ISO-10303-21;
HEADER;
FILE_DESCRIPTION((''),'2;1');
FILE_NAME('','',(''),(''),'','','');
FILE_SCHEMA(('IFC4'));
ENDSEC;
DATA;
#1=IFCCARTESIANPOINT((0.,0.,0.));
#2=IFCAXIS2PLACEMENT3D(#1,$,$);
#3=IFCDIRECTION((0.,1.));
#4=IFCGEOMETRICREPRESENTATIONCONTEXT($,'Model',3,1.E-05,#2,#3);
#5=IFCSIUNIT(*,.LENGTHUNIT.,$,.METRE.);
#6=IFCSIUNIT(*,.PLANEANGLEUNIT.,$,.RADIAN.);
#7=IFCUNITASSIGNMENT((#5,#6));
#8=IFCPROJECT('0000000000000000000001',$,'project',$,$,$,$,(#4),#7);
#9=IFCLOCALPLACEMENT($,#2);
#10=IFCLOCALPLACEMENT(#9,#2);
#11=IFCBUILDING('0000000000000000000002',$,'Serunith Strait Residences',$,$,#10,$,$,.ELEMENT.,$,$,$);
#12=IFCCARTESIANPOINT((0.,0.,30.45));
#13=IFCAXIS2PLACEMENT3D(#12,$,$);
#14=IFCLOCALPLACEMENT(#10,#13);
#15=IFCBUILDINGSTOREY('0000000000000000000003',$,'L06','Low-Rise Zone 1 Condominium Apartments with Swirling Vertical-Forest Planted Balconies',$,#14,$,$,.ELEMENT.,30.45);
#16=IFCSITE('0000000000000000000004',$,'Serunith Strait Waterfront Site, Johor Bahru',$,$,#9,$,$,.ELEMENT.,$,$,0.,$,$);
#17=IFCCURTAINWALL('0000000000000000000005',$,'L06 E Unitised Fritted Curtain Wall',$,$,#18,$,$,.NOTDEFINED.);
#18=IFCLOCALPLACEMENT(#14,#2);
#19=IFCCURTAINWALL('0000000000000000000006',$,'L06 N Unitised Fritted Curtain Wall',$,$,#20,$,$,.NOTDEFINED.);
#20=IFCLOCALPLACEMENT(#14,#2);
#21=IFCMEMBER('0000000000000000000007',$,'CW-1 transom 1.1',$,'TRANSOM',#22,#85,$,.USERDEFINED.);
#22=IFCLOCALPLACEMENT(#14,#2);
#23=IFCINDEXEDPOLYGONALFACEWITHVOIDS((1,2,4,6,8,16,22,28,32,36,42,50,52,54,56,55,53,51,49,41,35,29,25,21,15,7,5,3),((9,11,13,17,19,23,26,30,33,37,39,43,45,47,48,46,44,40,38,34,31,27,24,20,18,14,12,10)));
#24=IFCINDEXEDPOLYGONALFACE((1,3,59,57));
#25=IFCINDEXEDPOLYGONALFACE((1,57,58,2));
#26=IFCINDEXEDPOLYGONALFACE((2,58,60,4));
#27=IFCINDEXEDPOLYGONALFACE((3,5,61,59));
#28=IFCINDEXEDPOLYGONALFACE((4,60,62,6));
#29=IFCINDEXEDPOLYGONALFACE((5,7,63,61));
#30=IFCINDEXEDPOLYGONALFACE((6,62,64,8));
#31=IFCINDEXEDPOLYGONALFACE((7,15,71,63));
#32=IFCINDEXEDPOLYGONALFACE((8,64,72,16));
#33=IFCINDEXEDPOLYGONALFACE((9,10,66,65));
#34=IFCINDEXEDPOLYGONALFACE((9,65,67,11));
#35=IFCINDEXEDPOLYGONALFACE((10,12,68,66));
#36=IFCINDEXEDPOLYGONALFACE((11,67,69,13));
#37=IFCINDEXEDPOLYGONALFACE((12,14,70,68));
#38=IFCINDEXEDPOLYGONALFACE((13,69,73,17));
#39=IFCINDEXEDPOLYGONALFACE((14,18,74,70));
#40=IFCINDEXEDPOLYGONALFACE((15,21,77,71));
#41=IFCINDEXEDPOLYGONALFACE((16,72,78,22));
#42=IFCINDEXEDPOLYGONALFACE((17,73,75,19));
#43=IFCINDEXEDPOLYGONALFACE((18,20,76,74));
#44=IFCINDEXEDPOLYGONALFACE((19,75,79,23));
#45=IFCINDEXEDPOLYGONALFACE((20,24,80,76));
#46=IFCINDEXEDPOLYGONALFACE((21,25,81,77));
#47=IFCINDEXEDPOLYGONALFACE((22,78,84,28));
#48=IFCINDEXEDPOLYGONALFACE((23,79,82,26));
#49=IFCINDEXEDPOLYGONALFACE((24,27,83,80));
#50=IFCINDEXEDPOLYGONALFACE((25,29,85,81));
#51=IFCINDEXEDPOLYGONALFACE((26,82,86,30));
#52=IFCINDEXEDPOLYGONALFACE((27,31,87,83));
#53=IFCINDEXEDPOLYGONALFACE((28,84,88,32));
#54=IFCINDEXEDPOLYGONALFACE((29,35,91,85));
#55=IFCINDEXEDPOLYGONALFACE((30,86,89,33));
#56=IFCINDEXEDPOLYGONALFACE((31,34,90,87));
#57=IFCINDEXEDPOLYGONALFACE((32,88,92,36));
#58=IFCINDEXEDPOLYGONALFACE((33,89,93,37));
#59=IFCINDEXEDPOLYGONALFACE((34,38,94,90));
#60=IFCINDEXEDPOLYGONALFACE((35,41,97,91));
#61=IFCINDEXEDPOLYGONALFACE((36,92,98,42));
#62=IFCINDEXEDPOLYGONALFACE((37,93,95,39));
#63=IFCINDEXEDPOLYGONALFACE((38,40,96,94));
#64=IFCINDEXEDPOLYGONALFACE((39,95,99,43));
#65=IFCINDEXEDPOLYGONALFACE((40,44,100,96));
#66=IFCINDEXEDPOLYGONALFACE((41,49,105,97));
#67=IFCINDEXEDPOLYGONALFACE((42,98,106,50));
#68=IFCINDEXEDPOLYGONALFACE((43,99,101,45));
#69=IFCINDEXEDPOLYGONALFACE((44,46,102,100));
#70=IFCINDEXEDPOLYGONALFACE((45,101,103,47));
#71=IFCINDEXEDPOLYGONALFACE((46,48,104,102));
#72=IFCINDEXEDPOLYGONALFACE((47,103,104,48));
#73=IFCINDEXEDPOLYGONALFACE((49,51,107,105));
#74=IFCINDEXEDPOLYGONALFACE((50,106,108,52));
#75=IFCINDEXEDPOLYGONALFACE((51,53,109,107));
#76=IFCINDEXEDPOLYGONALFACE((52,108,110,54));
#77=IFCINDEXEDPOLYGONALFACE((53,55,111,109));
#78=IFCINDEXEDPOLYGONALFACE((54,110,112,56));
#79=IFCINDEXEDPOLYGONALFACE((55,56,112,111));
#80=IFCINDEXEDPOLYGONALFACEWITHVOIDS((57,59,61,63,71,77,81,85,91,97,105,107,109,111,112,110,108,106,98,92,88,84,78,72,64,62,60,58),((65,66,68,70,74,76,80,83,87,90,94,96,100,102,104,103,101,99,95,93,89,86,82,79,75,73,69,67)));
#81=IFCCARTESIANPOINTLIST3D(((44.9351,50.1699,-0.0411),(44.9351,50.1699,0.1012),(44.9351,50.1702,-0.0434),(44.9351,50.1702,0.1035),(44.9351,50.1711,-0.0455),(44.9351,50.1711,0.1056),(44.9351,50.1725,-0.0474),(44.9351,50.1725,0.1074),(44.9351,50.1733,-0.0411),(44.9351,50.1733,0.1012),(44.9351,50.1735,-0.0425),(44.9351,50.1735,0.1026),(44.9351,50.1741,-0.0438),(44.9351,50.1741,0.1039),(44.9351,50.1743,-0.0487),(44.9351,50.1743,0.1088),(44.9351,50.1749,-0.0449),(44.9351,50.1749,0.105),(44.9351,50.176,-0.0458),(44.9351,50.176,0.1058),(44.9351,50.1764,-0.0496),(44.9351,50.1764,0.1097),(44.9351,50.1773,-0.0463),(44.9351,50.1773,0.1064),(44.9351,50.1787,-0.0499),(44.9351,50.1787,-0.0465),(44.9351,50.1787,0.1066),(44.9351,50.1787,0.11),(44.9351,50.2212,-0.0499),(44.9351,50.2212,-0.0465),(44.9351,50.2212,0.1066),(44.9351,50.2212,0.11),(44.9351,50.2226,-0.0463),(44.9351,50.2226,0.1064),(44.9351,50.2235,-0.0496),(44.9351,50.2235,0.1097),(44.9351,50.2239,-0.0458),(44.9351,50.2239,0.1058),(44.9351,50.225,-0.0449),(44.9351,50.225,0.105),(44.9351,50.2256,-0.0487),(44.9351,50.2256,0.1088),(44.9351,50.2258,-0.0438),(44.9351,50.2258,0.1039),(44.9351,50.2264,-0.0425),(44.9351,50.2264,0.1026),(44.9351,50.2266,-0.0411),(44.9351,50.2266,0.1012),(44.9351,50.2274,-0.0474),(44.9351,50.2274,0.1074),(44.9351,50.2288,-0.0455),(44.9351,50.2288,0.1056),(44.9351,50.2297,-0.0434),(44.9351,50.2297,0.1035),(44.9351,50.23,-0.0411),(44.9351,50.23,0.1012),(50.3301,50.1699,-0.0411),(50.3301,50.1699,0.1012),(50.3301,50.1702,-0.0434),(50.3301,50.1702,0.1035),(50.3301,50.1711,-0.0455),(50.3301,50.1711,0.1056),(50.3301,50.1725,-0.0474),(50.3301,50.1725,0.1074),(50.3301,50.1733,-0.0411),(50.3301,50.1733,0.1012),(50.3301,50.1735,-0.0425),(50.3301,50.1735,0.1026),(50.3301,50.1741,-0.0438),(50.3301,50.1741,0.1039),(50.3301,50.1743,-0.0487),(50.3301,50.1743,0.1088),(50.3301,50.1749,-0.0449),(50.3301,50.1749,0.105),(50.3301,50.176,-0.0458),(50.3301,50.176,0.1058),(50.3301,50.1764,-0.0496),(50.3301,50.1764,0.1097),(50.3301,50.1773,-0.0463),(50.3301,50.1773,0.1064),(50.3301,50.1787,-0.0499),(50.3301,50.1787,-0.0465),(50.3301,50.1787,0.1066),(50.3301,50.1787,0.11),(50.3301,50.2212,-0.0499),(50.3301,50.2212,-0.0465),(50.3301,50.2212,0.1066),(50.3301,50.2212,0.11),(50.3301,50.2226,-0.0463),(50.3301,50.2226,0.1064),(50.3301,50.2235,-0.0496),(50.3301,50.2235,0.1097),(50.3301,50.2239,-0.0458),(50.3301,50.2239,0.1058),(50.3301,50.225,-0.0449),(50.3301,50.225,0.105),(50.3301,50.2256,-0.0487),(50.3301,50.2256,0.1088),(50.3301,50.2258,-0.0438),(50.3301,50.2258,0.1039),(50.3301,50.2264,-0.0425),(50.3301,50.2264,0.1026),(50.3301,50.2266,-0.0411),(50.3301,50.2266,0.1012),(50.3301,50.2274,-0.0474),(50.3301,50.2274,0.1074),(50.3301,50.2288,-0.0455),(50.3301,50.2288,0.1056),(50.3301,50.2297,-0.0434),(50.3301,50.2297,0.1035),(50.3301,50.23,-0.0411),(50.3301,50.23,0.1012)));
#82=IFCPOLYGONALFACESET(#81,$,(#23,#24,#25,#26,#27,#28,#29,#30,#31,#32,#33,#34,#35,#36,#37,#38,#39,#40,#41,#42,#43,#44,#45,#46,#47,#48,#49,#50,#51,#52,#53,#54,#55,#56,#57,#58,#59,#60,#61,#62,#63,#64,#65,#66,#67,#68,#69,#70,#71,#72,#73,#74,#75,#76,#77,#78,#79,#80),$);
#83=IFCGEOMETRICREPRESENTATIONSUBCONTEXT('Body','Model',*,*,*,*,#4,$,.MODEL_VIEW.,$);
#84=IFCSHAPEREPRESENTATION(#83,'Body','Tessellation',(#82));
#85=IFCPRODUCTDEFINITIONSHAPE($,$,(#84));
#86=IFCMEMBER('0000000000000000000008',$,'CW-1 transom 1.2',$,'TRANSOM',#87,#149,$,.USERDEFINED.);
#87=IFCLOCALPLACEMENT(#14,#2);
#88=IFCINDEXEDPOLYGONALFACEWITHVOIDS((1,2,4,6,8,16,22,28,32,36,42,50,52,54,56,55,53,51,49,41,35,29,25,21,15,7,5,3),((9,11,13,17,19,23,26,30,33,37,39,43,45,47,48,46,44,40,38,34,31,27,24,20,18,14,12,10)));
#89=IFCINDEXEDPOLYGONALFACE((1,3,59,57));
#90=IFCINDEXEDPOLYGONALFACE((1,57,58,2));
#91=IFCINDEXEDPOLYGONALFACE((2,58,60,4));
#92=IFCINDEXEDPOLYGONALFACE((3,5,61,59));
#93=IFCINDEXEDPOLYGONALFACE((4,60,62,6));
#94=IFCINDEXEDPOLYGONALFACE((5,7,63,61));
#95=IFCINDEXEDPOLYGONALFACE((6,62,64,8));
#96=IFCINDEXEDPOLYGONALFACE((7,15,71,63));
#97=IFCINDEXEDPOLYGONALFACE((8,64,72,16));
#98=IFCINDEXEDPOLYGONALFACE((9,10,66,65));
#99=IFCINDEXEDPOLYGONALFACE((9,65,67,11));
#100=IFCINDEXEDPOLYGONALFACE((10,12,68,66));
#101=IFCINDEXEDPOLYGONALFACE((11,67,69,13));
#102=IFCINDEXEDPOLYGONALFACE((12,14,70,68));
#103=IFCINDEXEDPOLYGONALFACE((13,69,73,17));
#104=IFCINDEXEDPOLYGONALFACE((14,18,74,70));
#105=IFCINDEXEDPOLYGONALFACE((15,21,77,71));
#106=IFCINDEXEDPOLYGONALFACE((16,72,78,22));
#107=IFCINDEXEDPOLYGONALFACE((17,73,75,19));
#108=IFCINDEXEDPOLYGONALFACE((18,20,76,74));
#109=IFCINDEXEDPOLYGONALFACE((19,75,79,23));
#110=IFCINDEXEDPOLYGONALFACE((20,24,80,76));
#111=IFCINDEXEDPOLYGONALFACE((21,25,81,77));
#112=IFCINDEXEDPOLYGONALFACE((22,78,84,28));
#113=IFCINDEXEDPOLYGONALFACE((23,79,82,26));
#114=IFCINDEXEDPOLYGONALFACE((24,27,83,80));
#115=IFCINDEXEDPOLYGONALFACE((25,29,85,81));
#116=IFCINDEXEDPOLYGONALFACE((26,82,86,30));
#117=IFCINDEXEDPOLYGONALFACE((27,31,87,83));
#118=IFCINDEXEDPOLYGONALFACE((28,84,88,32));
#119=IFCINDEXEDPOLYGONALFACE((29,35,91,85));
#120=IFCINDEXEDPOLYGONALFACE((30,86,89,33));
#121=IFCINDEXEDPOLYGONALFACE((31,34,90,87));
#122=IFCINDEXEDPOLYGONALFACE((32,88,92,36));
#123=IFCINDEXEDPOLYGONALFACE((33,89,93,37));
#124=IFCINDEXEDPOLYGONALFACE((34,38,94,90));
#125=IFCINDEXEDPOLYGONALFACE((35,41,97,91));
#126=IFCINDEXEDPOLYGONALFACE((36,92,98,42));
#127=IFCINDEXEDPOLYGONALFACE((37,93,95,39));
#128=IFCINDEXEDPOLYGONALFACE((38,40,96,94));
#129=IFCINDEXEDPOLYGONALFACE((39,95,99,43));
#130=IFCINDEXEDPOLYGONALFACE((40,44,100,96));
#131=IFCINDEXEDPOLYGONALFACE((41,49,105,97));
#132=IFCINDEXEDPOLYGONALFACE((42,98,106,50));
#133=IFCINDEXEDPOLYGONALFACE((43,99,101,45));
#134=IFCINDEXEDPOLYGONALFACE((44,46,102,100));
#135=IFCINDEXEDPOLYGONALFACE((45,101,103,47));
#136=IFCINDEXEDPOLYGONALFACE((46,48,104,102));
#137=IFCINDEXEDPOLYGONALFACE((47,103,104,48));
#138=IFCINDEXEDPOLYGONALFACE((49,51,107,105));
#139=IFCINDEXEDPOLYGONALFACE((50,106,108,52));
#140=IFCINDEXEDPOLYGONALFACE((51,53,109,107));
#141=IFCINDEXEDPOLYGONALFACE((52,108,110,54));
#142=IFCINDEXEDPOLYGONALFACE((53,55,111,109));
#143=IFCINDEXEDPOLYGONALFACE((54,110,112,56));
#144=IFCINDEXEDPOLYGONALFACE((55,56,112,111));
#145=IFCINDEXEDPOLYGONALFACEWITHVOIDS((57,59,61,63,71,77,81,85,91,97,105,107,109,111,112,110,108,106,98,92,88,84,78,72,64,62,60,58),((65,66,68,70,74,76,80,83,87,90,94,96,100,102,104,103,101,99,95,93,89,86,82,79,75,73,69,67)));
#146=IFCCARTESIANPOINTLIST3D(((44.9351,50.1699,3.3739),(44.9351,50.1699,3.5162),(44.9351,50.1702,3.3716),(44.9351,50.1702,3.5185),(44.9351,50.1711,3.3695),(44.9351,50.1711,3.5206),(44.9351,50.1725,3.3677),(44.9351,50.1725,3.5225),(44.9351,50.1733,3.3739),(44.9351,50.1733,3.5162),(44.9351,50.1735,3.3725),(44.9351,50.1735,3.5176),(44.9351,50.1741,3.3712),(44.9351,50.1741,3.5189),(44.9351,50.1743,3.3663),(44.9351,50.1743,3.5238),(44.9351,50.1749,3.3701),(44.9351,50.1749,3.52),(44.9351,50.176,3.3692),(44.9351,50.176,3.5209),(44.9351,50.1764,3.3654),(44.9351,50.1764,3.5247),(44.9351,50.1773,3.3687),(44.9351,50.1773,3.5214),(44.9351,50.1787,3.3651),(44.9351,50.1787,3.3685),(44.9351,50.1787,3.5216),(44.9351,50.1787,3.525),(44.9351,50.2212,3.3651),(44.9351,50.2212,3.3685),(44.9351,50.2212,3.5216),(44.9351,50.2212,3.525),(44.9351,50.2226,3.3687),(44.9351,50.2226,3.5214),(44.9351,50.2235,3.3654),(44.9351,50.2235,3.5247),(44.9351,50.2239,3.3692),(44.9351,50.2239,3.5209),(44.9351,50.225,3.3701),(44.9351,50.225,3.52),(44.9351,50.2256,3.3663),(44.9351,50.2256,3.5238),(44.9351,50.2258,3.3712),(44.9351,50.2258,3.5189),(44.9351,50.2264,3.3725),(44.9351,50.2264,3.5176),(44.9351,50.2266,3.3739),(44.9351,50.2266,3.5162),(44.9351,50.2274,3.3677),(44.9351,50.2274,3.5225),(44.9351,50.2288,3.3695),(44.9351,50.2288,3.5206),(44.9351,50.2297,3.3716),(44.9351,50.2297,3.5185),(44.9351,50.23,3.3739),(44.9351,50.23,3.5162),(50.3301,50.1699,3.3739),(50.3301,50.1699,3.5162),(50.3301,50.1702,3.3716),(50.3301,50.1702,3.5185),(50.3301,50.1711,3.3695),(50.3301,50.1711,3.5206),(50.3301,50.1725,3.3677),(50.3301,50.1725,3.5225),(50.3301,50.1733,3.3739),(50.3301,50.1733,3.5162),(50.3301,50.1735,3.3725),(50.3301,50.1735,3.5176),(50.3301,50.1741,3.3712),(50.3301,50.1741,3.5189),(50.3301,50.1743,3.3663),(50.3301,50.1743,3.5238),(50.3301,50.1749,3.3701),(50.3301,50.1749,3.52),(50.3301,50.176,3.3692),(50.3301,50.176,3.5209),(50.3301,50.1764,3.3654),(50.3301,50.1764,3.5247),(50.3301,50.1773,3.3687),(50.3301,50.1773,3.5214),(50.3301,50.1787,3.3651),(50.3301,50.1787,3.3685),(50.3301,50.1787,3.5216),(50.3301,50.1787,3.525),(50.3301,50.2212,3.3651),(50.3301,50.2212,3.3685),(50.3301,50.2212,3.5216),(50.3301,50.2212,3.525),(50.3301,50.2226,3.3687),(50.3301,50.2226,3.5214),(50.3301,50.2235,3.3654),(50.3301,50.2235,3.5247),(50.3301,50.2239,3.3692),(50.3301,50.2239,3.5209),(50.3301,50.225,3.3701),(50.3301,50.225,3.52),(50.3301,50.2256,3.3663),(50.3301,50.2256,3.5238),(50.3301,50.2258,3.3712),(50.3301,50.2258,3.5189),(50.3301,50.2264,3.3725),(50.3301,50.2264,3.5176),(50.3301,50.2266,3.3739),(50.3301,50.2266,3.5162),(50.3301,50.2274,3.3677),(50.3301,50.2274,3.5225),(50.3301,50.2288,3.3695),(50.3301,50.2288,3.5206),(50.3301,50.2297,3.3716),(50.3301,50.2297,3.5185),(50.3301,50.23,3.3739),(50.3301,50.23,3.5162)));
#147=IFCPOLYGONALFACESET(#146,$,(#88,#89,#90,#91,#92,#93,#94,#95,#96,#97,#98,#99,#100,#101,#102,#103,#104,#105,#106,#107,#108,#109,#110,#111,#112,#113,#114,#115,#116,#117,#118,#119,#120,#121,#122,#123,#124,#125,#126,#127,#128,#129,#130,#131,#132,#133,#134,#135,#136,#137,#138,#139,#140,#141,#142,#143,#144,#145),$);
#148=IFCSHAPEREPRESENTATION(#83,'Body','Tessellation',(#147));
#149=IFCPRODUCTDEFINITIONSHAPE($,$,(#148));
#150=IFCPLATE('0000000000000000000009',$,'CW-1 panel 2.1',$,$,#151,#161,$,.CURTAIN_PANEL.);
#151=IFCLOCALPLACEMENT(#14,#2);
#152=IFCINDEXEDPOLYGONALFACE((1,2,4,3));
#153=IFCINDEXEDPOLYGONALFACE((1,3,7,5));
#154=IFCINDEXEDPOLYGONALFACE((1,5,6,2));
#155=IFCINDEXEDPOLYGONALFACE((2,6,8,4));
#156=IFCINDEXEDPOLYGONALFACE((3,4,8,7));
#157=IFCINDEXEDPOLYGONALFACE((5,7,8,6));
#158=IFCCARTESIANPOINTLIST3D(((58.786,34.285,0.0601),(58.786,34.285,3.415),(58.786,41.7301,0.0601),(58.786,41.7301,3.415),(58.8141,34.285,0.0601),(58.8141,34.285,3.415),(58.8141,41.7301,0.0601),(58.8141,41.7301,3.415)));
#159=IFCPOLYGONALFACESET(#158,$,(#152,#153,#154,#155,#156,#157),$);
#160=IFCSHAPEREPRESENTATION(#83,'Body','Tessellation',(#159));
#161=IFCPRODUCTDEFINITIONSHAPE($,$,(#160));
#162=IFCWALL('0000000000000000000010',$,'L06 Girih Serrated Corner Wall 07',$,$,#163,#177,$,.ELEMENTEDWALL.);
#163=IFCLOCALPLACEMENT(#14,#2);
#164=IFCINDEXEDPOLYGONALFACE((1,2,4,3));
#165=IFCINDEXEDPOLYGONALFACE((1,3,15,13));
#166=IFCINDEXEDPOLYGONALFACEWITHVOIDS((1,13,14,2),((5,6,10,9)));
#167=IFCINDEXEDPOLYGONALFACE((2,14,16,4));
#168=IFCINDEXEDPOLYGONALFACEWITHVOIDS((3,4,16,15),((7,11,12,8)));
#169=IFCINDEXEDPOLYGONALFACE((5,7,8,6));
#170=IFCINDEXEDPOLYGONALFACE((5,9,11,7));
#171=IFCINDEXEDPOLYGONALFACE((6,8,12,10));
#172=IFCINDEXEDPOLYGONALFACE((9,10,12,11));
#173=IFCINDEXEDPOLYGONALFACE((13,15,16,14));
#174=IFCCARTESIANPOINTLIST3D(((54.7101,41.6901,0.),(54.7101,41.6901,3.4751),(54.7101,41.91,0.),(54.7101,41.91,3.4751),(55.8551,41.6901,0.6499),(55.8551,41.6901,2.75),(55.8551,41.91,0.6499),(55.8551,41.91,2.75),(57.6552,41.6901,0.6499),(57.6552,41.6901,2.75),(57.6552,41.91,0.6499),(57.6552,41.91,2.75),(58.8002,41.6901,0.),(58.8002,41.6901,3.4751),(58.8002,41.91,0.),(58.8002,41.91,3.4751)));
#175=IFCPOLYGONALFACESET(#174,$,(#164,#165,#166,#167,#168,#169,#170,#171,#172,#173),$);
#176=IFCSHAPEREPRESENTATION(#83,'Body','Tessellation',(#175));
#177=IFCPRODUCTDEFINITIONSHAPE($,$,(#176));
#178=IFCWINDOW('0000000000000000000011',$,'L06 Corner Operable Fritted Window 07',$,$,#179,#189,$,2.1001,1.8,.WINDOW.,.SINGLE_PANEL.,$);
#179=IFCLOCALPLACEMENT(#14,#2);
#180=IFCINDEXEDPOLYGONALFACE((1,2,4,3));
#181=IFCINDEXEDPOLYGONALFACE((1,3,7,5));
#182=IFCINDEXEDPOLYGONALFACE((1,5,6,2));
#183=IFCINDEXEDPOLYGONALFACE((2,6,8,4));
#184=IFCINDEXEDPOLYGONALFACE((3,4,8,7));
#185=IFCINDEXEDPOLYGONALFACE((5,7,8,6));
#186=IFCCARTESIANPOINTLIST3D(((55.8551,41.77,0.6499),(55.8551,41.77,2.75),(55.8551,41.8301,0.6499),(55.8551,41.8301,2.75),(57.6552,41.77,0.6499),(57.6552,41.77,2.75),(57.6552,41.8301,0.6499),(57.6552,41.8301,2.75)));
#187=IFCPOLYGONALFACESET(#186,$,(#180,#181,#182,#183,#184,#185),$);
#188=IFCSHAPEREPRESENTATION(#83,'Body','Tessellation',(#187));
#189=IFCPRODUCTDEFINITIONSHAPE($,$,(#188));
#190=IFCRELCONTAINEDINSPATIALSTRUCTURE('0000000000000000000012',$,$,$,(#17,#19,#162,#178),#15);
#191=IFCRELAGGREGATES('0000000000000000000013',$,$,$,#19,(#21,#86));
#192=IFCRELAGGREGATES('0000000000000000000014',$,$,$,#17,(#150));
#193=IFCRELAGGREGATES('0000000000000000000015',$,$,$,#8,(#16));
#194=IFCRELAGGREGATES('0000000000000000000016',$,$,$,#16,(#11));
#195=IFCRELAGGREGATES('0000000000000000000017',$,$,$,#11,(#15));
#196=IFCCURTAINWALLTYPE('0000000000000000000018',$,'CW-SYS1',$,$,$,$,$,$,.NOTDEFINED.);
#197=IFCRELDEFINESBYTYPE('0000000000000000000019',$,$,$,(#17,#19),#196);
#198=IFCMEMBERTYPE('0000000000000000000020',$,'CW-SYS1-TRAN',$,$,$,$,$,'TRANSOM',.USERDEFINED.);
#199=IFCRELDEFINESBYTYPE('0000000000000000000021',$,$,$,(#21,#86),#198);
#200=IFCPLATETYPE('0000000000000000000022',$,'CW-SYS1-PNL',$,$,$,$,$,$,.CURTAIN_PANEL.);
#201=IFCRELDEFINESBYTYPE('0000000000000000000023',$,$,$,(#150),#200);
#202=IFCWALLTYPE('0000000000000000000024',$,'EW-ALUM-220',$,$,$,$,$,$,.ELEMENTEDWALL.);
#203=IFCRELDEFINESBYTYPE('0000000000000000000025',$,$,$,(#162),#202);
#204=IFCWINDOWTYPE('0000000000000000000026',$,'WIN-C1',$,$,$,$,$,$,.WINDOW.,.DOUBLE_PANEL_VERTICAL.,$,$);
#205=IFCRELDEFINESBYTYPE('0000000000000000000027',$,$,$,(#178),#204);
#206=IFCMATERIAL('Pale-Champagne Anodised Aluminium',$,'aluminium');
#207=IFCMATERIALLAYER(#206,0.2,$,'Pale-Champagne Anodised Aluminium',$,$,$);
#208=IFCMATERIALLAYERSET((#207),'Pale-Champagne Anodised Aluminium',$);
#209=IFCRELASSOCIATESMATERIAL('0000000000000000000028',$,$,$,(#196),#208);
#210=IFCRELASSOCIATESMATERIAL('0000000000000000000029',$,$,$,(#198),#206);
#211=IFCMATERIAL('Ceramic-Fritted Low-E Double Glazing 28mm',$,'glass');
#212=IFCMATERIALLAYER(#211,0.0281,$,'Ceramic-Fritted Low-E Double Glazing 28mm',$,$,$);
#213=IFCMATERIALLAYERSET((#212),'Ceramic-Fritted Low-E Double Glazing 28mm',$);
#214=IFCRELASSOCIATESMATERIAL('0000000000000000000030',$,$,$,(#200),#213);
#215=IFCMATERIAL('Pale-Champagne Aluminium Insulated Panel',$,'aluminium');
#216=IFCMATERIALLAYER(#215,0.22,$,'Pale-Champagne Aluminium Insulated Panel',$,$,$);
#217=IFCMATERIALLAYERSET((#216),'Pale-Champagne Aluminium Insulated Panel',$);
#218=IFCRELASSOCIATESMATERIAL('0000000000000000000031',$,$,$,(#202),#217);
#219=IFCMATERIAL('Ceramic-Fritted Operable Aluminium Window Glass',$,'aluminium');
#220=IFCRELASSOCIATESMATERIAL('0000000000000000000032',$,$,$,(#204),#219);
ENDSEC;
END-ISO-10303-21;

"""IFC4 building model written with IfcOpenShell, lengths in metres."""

from ifc_helpers import new_model, si_unit, direction, frame, frame_2d, origin, origin_2d, place, context, subcontext, project, spatial, rectangle, hollow_rectangle, extrude, source, transform, mapped, material, layer, layer_set, material_profile, profile_set, type_object, element, fill, aggregate, save


model = new_model("IFC4")

# Units and contexts
model_context = context("Model", 3, precision=1e-05, world=origin(), true_north=direction((0.0, 1.0)))
body_context = subcontext(model_context, "Body", "Model", "MODEL_VIEW")
ifc_project = project(units=[si_unit("LENGTHUNIT", "METRE"), si_unit("PLANEANGLEUNIT", "RADIAN")], contexts=[model_context])

# Site, building, storey
site_placement = place(None, origin())
site = spatial("IfcSite", under=ifc_project, at=site_placement, Name="Serunith Strait Waterfront Site, Johor Bahru", CompositionType="ELEMENT", RefElevation=0.0)
building_placement = place(site_placement, origin())
building = spatial("IfcBuilding", under=site, at=building_placement, Name="Serunith Strait Residences", CompositionType="ELEMENT")
storey_placement = place(building_placement, frame((0.0, 0.0, 30.45)))
storey = spatial("IfcBuildingStorey", under=building, at=storey_placement, Name="L06", Description="Low-Rise Zone 1 Condominium Apartments with Swirling Vertical-Forest Planted Balconies", CompositionType="ELEMENT", Elevation=30.45)

# Curtain wall
ifc_material_1 = material(Name="Pale-Champagne Anodised Aluminium", Category="aluminium")
ifc_layer_1 = layer(ifc_material_1, 0.2, Name="Pale-Champagne Anodised Aluminium")
ifc_layer_set_1 = layer_set([ifc_layer_1], Name="Pale-Champagne Anodised Aluminium")
curtain_wall_type = type_object("IfcCurtainWallType", Name="CW-SYS1", PredefinedType="NOTDEFINED", material=ifc_layer_set_1)
curtain_wall_1_placement = place(storey_placement, origin())
curtain_wall_1 = element("IfcCurtainWall", 1, at=curtain_wall_1_placement, inside=storey, type_object=curtain_wall_type, Name="L06 E Unitised Fritted Curtain Wall", PredefinedType="NOTDEFINED")

# Curtain wall, members
curtain_wall_2_placement = place(storey_placement, origin())
curtain_wall_2 = element("IfcCurtainWall", 2, at=curtain_wall_2_placement, inside=storey, type_object=curtain_wall_type, Name="L06 N Unitised Fritted Curtain Wall", PredefinedType="NOTDEFINED")
ifc_material_profile_1 = material_profile(ifc_material_1, hollow_rectangle(XDim=0.0601, YDim=0.1599, WallThickness=0.0034, InnerFilletRadius=0.0054, OuterFilletRadius=0.0088, at=origin_2d()), Name="ALU 160x60x3.5")
ifc_profile_set_1 = profile_set([ifc_material_profile_1], Name="Pale-Champagne Anodised Aluminium")
member_type_1 = type_object("IfcMemberType", Name="CW-SYS1-TRAN", ElementType="TRANSOM", PredefinedType="USERDEFINED", material=ifc_profile_set_1)
shared_shape_1 = source(origin(), body_context, "Body", "SweptSolid", [
    extrude(hollow_rectangle(XDim=0.0601, YDim=0.1599, WallThickness=0.0034, InnerFilletRadius=0.0054, OuterFilletRadius=0.0088, at=origin_2d()), origin(), (0.0, 0.0, 1.0), 5.395),
])
member_1_placement = place(storey_placement, frame((50.3301, 50.2, 0.03), z_axis=(-1.0, 0.0, 0.0), x_axis=(0.0, -1.0, 0.0)))
member_1 = element("IfcMember", 3, at=member_1_placement, type_object=member_type_1, Name="CW-1 transom 1.1", ObjectType="TRANSOM", PredefinedType="USERDEFINED", context=body_context, shape_type="MappedRepresentation", body=[
    mapped(shared_shape_1, transform((0.0, 0.0, 0.0), scale=1.0)),
])
member_2_placement = place(storey_placement, frame((50.3301, 50.2, 3.4451), z_axis=(-1.0, 0.0, 0.0), x_axis=(0.0, -1.0, 0.0)))
member_2 = element("IfcMember", 4, at=member_2_placement, type_object=member_type_1, Name="CW-1 transom 1.2", ObjectType="TRANSOM", PredefinedType="USERDEFINED", context=body_context, shape_type="MappedRepresentation", body=[
    mapped(shared_shape_1, transform((0.0, 0.0, 0.0), scale=1.0)),
])
aggregate(curtain_wall_2, [member_1, member_2])

# Plate
ifc_material_2 = material(Name="Ceramic-Fritted Low-E Double Glazing 28mm", Category="glass")
ifc_layer_2 = layer(ifc_material_2, 0.0281, Name="Ceramic-Fritted Low-E Double Glazing 28mm")
ifc_layer_set_2 = layer_set([ifc_layer_2], Name="Ceramic-Fritted Low-E Double Glazing 28mm")
plate_type = type_object("IfcPlateType", Name="CW-SYS1-PNL", PredefinedType="CURTAIN_PANEL", material=ifc_layer_set_2)
shared_shape_2 = source(origin(), body_context, "Body", "SweptSolid", [
    extrude(rectangle(XDim=7.4451, YDim=0.0281, at=origin_2d()), origin(), (0.0, 0.0, 1.0), 3.355),
])
plate_placement = place(storey_placement, frame((58.8, 38.0076, 0.0601), z_axis=(0.0, 0.0, 1.0), x_axis=(0.0, 1.0, 0.0)))
plate = element("IfcPlate", 5, at=plate_placement, type_object=plate_type, Name="CW-1 panel 2.1", PredefinedType="CURTAIN_PANEL", context=body_context, shape_type="MappedRepresentation", body=[
    mapped(shared_shape_2, transform((0.0, 0.0, 0.0), scale=1.0)),
])
aggregate(curtain_wall_1, [plate])

# Wall, opening, window
ifc_material_3 = material(Name="Pale-Champagne Aluminium Insulated Panel", Category="aluminium")
ifc_layer_3 = layer(ifc_material_3, 0.22, Name="Pale-Champagne Aluminium Insulated Panel")
ifc_layer_set_3 = layer_set([ifc_layer_3], Name="Pale-Champagne Aluminium Insulated Panel")
wall_type_1 = type_object("IfcWallType", Name="EW-ALUM-220", PredefinedType="ELEMENTEDWALL", material=ifc_layer_set_3)
wall_1_placement = place(storey_placement, frame((58.8, 41.8, 0.0), z_axis=(0.0, 0.0, 1.0), x_axis=(-1.0, 0.0, 0.0)))
wall_1 = element("IfcWall", 6, at=wall_1_placement, inside=storey, type_object=wall_type_1, Name="L06 Girih Serrated Corner Wall 07", PredefinedType="ELEMENTEDWALL", context=body_context, shape_type="SweptSolid", body=[
    extrude(rectangle(XDim=4.0901, YDim=0.22, at=frame_2d((2.0449, 0.0))), origin(), (0.0, 0.0, 1.0), 3.4751),
])
opening_1_placement = place(wall_1_placement, frame((1.145, 0.0, 0.6499)))
opening_1 = element("IfcOpeningElement", 7, at=opening_1_placement, cuts=wall_1, PredefinedType="OPENING", context=body_context, shape_type="SweptSolid", body=[
    extrude(rectangle(XDim=1.8, YDim=2.1001, at=frame_2d((0.8999, 1.05))), frame((0.0, 0.1201, 0.0), z_axis=(0.0, -1.0, 0.0), x_axis=(1.0, 0.0, 0.0)), (0.0, 0.0, 1.0), 0.24),
])
ifc_material_4 = material(Name="Ceramic-Fritted Operable Aluminium Window Glass", Category="aluminium")
window_type = type_object("IfcWindowType", Name="WIN-C1", PartitioningType="DOUBLE_PANEL_VERTICAL", PredefinedType="WINDOW", material=ifc_material_4)
shared_shape_3 = source(origin(), body_context, "Body", "SweptSolid", [
    extrude(rectangle(XDim=1.8, YDim=2.1001, at=frame_2d((0.8999, 1.05))), frame((0.0, 0.03, 0.0), z_axis=(0.0, -1.0, 0.0), x_axis=(1.0, 0.0, 0.0)), (0.0, 0.0, 1.0), 0.0601),
])
window_1_placement = place(opening_1_placement, origin())
window_1 = element("IfcWindow", 8, at=window_1_placement, inside=storey, type_object=window_type, Name="L06 Corner Operable Fritted Window 07", OverallHeight=2.1001, OverallWidth=1.8, PartitioningType="SINGLE_PANEL", PredefinedType="WINDOW", context=body_context, shape_type="MappedRepresentation", body=[
    mapped(shared_shape_3, transform((0.0, 0.0, 0.0), scale=1.0)),
])
fill(opening_1, window_1)

save(model, "model.ifc")
